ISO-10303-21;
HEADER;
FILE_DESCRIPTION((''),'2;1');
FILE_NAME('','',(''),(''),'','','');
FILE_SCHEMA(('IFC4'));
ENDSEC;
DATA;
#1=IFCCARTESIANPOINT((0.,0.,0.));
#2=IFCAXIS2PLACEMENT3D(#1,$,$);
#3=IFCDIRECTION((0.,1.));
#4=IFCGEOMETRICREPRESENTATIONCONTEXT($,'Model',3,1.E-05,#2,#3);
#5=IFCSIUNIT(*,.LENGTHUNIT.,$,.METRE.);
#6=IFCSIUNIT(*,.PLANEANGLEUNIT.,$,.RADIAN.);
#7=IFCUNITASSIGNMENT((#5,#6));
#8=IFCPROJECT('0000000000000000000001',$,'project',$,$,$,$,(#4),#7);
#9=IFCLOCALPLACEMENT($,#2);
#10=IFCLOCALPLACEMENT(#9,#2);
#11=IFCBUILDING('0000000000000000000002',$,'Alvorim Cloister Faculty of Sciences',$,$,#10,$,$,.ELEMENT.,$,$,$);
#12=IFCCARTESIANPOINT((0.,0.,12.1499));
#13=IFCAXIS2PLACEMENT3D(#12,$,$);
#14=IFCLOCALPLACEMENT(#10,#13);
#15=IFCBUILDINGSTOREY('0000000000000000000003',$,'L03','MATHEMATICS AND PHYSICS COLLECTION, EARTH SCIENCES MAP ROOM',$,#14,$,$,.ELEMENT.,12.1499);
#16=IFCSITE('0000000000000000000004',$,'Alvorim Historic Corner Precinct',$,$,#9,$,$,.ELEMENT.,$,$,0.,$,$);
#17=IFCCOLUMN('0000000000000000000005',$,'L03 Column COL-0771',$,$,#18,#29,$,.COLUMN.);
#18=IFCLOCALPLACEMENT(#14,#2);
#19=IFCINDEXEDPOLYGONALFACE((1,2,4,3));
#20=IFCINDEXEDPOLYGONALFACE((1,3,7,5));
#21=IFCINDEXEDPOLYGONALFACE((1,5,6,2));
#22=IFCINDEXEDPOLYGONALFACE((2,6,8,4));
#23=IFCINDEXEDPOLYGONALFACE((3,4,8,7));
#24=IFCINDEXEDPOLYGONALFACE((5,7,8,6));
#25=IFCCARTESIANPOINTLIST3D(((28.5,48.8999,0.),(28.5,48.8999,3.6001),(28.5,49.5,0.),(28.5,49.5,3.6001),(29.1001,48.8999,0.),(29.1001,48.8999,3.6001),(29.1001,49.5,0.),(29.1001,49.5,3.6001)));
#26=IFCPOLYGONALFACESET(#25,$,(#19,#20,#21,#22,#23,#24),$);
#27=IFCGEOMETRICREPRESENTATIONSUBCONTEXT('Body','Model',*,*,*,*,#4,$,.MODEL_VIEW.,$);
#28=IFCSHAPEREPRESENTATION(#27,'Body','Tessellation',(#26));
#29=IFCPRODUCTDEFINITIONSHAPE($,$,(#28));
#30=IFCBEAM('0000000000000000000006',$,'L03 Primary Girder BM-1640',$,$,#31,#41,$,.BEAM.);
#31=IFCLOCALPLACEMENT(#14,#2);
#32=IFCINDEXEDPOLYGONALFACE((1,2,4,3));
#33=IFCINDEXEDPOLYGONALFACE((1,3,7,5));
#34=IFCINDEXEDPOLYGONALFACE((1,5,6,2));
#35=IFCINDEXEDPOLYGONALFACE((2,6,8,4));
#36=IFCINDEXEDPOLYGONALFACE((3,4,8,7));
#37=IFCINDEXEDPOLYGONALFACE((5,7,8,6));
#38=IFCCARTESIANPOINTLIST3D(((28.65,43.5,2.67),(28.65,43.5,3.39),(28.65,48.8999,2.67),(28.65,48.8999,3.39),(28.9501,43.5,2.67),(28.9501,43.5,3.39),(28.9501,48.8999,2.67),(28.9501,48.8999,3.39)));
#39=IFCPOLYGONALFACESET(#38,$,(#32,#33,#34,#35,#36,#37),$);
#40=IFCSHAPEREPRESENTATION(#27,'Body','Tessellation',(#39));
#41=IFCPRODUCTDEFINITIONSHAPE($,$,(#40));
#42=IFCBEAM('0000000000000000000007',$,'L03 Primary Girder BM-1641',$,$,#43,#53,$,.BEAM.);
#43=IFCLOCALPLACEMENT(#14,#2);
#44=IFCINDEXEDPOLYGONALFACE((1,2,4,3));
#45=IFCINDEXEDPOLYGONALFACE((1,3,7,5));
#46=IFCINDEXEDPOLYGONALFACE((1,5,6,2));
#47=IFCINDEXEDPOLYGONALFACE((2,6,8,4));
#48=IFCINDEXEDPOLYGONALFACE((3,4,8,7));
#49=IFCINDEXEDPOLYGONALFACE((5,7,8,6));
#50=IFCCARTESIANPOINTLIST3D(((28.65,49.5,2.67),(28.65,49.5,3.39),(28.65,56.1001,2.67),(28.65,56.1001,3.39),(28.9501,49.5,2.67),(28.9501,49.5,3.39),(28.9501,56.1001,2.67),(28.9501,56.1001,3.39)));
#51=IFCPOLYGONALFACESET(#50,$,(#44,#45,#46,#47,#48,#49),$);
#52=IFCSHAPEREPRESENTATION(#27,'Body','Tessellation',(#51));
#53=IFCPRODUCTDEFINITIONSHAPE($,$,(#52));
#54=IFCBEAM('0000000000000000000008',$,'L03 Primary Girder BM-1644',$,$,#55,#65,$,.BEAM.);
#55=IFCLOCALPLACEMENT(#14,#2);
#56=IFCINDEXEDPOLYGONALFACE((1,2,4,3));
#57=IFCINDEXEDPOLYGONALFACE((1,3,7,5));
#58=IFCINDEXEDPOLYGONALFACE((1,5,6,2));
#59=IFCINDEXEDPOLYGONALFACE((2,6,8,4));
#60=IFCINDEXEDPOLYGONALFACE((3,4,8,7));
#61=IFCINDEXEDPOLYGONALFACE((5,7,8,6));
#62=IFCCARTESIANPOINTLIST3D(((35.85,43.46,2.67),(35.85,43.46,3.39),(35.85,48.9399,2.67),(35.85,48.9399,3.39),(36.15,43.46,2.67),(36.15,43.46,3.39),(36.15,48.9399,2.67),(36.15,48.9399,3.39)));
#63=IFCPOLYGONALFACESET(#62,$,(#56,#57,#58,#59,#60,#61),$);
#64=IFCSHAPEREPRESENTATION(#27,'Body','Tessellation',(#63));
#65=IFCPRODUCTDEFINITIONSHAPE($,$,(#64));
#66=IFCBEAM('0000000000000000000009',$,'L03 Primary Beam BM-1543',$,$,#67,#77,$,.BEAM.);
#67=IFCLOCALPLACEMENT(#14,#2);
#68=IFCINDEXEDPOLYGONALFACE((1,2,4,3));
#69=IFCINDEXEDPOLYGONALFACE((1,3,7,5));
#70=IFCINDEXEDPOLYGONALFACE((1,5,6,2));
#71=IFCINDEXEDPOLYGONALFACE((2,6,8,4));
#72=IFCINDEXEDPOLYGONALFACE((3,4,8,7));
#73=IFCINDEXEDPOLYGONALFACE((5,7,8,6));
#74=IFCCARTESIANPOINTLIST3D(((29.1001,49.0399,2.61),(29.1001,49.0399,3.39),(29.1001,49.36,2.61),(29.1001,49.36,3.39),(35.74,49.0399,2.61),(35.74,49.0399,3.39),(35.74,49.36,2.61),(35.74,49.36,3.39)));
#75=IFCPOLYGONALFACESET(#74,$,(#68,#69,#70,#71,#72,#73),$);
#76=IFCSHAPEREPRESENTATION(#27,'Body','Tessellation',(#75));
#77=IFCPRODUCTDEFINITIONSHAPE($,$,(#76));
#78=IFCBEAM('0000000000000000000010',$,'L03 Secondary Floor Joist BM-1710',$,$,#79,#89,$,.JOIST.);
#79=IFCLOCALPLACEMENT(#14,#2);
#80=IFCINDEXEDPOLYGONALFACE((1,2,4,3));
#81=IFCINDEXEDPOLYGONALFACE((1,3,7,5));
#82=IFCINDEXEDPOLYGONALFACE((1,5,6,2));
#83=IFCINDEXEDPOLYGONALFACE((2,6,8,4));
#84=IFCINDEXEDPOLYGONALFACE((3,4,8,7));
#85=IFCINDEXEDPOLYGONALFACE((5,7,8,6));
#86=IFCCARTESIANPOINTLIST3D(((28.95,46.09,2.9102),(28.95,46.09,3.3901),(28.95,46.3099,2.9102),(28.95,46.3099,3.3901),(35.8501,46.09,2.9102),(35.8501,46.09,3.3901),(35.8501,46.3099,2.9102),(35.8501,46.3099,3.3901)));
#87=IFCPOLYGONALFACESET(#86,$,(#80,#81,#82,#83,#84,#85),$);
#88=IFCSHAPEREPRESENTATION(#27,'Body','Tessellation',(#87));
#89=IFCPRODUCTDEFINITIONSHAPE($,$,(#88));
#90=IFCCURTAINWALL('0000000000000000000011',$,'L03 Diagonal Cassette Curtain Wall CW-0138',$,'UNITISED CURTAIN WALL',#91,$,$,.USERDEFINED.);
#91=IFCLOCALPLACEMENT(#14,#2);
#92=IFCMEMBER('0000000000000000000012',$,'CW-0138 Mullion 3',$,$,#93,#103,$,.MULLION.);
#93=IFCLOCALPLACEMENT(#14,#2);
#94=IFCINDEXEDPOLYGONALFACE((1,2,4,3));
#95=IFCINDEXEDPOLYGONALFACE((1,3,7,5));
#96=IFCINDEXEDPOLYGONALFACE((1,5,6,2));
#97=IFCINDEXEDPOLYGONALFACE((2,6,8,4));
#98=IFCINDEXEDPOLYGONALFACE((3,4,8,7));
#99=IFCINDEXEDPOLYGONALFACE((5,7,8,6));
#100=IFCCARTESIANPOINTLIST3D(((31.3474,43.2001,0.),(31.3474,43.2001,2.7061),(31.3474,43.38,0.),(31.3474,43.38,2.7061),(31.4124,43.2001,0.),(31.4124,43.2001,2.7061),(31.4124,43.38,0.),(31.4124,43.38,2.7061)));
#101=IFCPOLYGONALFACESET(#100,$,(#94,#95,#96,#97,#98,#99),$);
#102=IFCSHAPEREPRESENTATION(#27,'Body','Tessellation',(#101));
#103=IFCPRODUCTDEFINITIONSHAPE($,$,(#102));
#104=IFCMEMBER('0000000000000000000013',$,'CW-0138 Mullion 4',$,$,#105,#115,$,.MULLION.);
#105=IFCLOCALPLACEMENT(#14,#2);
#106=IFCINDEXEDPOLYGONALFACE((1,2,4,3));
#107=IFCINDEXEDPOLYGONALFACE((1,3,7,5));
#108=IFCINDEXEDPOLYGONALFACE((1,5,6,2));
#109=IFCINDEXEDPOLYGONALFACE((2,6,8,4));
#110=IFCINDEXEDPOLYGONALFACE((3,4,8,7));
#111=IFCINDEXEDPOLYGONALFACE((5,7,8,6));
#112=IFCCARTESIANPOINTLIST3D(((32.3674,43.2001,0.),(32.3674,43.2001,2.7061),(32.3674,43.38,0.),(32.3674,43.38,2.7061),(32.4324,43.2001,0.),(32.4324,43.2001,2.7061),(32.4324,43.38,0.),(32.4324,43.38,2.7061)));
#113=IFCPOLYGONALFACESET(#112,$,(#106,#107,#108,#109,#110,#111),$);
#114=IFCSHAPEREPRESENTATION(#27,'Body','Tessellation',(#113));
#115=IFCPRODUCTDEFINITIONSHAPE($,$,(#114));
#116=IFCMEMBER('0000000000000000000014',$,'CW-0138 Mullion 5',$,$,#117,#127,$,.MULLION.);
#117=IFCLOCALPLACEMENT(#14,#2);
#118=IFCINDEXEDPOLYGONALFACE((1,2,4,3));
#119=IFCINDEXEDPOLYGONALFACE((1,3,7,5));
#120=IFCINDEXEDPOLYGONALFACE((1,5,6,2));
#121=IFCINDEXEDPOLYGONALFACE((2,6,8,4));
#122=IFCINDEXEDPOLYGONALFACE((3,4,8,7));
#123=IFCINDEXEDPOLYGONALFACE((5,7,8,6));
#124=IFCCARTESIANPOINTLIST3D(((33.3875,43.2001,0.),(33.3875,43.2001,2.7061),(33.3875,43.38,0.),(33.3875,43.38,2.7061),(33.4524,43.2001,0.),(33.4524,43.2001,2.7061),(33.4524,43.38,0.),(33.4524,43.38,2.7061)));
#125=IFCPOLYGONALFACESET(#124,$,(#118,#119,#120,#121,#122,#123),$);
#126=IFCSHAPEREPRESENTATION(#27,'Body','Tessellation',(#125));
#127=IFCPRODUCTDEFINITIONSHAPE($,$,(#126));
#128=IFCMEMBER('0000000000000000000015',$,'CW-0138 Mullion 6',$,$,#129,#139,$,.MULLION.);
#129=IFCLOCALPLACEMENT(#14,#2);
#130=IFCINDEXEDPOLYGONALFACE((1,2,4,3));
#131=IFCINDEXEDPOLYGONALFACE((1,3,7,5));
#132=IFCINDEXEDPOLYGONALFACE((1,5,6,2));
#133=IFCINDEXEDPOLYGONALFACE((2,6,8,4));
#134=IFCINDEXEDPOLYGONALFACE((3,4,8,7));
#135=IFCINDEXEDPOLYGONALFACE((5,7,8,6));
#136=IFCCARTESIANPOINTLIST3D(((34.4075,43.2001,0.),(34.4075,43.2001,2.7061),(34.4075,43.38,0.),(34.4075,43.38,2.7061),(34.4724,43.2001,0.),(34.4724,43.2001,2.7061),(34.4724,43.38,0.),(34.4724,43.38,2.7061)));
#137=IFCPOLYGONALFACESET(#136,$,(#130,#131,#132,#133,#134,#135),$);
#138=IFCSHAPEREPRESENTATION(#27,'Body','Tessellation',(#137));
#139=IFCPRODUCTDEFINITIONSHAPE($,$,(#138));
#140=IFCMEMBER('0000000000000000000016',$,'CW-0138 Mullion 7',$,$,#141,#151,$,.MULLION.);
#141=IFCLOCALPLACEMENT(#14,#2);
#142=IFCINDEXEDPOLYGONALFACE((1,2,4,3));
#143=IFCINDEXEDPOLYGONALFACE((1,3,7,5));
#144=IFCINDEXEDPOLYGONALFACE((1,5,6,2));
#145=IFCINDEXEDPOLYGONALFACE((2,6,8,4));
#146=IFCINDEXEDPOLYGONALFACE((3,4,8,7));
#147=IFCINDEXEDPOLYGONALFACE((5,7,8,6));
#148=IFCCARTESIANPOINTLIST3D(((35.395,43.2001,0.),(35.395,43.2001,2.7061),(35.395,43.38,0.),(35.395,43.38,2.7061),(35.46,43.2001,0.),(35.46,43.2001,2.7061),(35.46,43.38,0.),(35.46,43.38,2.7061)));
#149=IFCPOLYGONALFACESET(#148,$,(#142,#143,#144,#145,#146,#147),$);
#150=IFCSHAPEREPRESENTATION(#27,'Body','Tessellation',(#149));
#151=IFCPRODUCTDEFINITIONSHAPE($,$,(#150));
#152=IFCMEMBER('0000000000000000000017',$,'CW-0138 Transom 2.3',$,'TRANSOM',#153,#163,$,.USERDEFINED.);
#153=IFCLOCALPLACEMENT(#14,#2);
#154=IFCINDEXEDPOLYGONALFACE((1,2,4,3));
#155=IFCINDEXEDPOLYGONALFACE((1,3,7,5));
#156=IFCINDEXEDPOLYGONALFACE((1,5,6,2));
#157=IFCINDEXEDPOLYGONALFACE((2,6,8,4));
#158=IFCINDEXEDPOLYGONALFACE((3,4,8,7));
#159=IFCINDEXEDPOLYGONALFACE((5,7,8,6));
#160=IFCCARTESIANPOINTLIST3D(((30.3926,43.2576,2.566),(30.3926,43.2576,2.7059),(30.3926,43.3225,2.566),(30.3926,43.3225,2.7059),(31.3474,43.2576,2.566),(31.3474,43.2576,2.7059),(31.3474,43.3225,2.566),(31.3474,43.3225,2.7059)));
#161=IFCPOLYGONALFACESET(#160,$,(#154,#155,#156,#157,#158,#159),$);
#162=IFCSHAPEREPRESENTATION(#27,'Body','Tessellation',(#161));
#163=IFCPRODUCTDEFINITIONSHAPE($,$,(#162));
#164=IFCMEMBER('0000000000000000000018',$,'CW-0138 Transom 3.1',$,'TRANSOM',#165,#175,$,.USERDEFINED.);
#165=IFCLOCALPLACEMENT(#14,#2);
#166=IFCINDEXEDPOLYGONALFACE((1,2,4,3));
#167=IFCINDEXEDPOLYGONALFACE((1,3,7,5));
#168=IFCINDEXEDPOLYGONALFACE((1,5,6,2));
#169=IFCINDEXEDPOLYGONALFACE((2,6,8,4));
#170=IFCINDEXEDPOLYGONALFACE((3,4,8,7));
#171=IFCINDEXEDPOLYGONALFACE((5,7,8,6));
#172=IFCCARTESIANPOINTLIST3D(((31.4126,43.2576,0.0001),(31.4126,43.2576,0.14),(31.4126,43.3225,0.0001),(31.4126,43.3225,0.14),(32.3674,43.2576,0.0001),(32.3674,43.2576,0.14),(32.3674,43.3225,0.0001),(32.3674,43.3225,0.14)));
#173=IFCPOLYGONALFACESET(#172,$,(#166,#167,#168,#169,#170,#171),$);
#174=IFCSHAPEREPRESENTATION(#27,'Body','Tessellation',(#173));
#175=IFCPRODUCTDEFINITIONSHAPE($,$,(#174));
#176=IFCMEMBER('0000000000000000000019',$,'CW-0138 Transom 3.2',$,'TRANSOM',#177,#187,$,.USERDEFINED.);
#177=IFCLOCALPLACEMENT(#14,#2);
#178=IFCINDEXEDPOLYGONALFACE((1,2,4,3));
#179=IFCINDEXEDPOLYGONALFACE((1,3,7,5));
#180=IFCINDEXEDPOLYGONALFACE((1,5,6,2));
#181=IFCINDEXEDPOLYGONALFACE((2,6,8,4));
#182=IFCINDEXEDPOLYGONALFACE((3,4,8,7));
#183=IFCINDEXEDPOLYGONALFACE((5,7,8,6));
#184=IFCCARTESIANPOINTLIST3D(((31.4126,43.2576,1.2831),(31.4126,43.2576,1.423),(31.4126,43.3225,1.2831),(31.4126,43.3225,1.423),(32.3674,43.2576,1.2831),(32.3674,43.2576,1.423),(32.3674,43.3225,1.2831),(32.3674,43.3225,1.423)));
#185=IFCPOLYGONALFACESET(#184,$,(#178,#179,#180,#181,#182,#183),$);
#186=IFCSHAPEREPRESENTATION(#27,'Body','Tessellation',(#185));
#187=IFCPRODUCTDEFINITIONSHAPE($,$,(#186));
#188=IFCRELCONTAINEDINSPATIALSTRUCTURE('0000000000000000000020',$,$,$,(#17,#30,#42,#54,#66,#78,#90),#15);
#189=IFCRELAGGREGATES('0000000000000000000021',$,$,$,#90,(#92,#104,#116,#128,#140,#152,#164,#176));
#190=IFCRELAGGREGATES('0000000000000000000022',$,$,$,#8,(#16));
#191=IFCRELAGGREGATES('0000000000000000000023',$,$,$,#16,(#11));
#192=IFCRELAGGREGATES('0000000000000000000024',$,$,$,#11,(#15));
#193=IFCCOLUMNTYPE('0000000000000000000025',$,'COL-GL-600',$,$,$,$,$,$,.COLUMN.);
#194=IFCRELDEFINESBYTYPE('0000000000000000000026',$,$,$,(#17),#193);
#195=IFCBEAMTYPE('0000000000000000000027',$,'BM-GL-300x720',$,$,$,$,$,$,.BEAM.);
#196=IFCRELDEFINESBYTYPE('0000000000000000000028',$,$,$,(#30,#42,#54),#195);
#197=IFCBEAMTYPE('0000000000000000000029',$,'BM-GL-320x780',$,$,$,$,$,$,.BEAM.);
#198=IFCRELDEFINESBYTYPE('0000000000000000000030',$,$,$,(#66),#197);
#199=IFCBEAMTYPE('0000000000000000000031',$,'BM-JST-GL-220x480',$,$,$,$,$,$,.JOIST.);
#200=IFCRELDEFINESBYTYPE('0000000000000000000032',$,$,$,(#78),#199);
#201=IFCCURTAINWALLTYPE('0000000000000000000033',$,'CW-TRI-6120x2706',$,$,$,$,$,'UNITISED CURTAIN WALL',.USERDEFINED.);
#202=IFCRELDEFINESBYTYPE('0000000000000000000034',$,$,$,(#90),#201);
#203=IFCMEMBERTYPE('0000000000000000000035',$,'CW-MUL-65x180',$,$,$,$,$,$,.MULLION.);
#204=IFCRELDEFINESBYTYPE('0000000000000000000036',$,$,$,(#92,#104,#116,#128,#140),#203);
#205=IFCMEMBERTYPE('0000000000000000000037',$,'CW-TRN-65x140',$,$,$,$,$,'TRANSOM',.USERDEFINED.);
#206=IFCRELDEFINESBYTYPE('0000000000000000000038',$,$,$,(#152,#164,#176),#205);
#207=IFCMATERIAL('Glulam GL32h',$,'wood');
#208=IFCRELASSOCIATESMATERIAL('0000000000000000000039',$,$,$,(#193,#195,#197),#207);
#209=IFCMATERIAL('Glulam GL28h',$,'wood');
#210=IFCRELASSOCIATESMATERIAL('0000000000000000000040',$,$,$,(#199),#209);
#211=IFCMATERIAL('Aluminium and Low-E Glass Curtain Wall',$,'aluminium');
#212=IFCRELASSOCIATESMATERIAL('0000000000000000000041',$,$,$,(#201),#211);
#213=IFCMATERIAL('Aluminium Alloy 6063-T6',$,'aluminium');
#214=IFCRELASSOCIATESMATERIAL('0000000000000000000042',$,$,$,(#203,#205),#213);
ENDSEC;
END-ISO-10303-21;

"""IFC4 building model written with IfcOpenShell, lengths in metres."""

from ifc_helpers import new_model, si_unit, direction, frame, origin, origin_2d, place, context, subcontext, project, spatial, rectangle, extrude, material, material_profile, profile_set, type_object, element, aggregate, save


model = new_model("IFC4")

# Units and contexts
model_context = context("Model", 3, precision=1e-05, world=origin(), true_north=direction((0.0, 1.0)))
body_context = subcontext(model_context, "Body", "Model", "MODEL_VIEW")
ifc_project = project(units=[si_unit("LENGTHUNIT", "METRE"), si_unit("PLANEANGLEUNIT", "RADIAN")], contexts=[model_context])

# Site, building, storey
site_placement = place(None, origin())
site = spatial("IfcSite", under=ifc_project, at=site_placement, Name="Alvorim Historic Corner Precinct", CompositionType="ELEMENT", RefElevation=0.0)
building_placement = place(site_placement, origin())
building = spatial("IfcBuilding", under=site, at=building_placement, Name="Alvorim Cloister Faculty of Sciences", CompositionType="ELEMENT")
storey_placement = place(building_placement, frame((0.0, 0.0, 12.1499)))
storey = spatial("IfcBuildingStorey", under=building, at=storey_placement, Name="L03", Description="MATHEMATICS AND PHYSICS COLLECTION, EARTH SCIENCES MAP ROOM", CompositionType="ELEMENT", Elevation=12.1499)

# Column
ifc_material_1 = material(Name="Glulam GL32h", Category="wood")
ifc_material_profile_1 = material_profile(ifc_material_1, rectangle(XDim=0.6001, YDim=0.6001, at=origin_2d()), Name="GL32-COL-600x600")
ifc_profile_set_1 = profile_set([ifc_material_profile_1], Name="Glulam GL32h")
column_type = type_object("IfcColumnType", Name="COL-GL-600", PredefinedType="COLUMN", material=ifc_profile_set_1)
column_placement = place(storey_placement, frame((28.8, 49.2, 0.0), z_axis=(0.0, 0.0, 1.0), x_axis=(1.0, 0.0, 0.0)))
element("IfcColumn", 1, at=column_placement, inside=storey, type_object=column_type, Name="L03 Column COL-0771", PredefinedType="COLUMN", context=body_context, shape_type="SweptSolid", body=[
    extrude(rectangle(XDim=0.6001, YDim=0.6001, at=origin_2d()), origin(), (0.0, 0.0, 1.0), 3.6001),
])

# Beams
ifc_material_profile_2 = material_profile(ifc_material_1, rectangle(XDim=0.3, YDim=0.72, at=origin_2d()), Name="GL32-BM-300x720")
ifc_profile_set_2 = profile_set([ifc_material_profile_2], Name="Glulam GL32h")
beam_type_1 = type_object("IfcBeamType", Name="BM-GL-300x720", PredefinedType="BEAM", material=ifc_profile_set_2)
beam_1_placement = place(storey_placement, frame((28.8, 43.5, 3.03), z_axis=(0.0, 1.0, 0.0), x_axis=(-1.0, 0.0, 0.0)))
element("IfcBeam", 2, at=beam_1_placement, inside=storey, type_object=beam_type_1, Name="L03 Primary Girder BM-1640", PredefinedType="BEAM", context=body_context, shape_type="SweptSolid", body=[
    extrude(rectangle(XDim=0.3, YDim=0.72, at=origin_2d()), origin(), (0.0, 0.0, 1.0), 5.3999),
])
beam_2_placement = place(storey_placement, frame((28.8, 49.5, 3.03), z_axis=(0.0, 1.0, 0.0), x_axis=(-1.0, 0.0, 0.0)))
element("IfcBeam", 3, at=beam_2_placement, inside=storey, type_object=beam_type_1, Name="L03 Primary Girder BM-1641", PredefinedType="BEAM", context=body_context, shape_type="SweptSolid", body=[
    extrude(rectangle(XDim=0.3, YDim=0.72, at=origin_2d()), origin(), (0.0, 0.0, 1.0), 6.6001),
])
beam_3_placement = place(storey_placement, frame((36.0, 43.46, 3.03), z_axis=(0.0, 1.0, 0.0), x_axis=(-1.0, 0.0, 0.0)))
element("IfcBeam", 4, at=beam_3_placement, inside=storey, type_object=beam_type_1, Name="L03 Primary Girder BM-1644", PredefinedType="BEAM", context=body_context, shape_type="SweptSolid", body=[
    extrude(rectangle(XDim=0.3, YDim=0.72, at=origin_2d()), origin(), (0.0, 0.0, 1.0), 5.48),
])
ifc_material_profile_3 = material_profile(ifc_material_1, rectangle(XDim=0.3201, YDim=0.78, at=origin_2d()), Name="GL32-BM-320x780")
ifc_profile_set_3 = profile_set([ifc_material_profile_3], Name="Glulam GL32h")
beam_type_2 = type_object("IfcBeamType", Name="BM-GL-320x780", PredefinedType="BEAM", material=ifc_profile_set_3)
beam_4_placement = place(storey_placement, frame((29.1001, 49.2, 3.0), z_axis=(1.0, 0.0, 0.0), x_axis=(0.0, 1.0, 0.0)))
element("IfcBeam", 5, at=beam_4_placement, inside=storey, type_object=beam_type_2, Name="L03 Primary Beam BM-1543", PredefinedType="BEAM", context=body_context, shape_type="SweptSolid", body=[
    extrude(rectangle(XDim=0.3201, YDim=0.78, at=origin_2d()), origin(), (0.0, 0.0, 1.0), 6.6399),
])
ifc_material_2 = material(Name="Glulam GL28h", Category="wood")
ifc_material_profile_4 = material_profile(ifc_material_2, rectangle(XDim=0.22, YDim=0.48, at=origin_2d()), Name="GL28-JST-220x480")
ifc_profile_set_4 = profile_set([ifc_material_profile_4], Name="Glulam GL28h")
beam_type_3 = type_object("IfcBeamType", Name="BM-JST-GL-220x480", PredefinedType="JOIST", material=ifc_profile_set_4)
beam_5_placement = place(storey_placement, frame((28.95, 46.2, 3.1501), z_axis=(1.0, 0.0, 0.0), x_axis=(0.0, 1.0, 0.0)))
element("IfcBeam", 6, at=beam_5_placement, inside=storey, type_object=beam_type_3, Name="L03 Secondary Floor Joist BM-1710", PredefinedType="JOIST", context=body_context, shape_type="SweptSolid", body=[
    extrude(rectangle(XDim=0.22, YDim=0.48, at=origin_2d()), origin(), (0.0, 0.0, 1.0), 6.9001),
])

# Curtain wall, members
ifc_material_3 = material(Name="Aluminium and Low-E Glass Curtain Wall", Category="aluminium")
curtain_wall_type = type_object("IfcCurtainWallType", Name="CW-TRI-6120x2706", ElementType="UNITISED CURTAIN WALL", PredefinedType="USERDEFINED", material=ifc_material_3)
curtain_wall_placement = place(storey_placement, origin())
curtain_wall = element("IfcCurtainWall", 7, at=curtain_wall_placement, inside=storey, type_object=curtain_wall_type, Name="L03 Diagonal Cassette Curtain Wall CW-0138", ObjectType="UNITISED CURTAIN WALL", PredefinedType="USERDEFINED")
ifc_material_4 = material(Name="Aluminium Alloy 6063-T6", Category="aluminium")
ifc_material_profile_5 = material_profile(ifc_material_4, rectangle(XDim=0.0649, YDim=0.1799, at=origin_2d()), Name="ALU-MUL-65x180")
ifc_profile_set_5 = profile_set([ifc_material_profile_5], Name="Aluminium Alloy 6063-T6")
member_type_1 = type_object("IfcMemberType", Name="CW-MUL-65x180", PredefinedType="MULLION", material=ifc_profile_set_5)
member_1_placement = place(storey_placement, frame((31.3799, 43.29, 0.0), z_axis=(0.0, 0.0, 1.0), x_axis=(1.0, 0.0, 0.0)))
member_1 = element("IfcMember", 8, at=member_1_placement, type_object=member_type_1, Name="CW-0138 Mullion 3", PredefinedType="MULLION", context=body_context, shape_type="SweptSolid", body=[
    extrude(rectangle(XDim=0.0649, YDim=0.1799, at=origin_2d()), origin(), (0.0, 0.0, 1.0), 2.7061),
])
member_2_placement = place(storey_placement, frame((32.3999, 43.29, 0.0), z_axis=(0.0, 0.0, 1.0), x_axis=(1.0, 0.0, 0.0)))
member_2 = element("IfcMember", 9, at=member_2_placement, type_object=member_type_1, Name="CW-0138 Mullion 4", PredefinedType="MULLION", context=body_context, shape_type="SweptSolid", body=[
    extrude(rectangle(XDim=0.0649, YDim=0.1799, at=origin_2d()), origin(), (0.0, 0.0, 1.0), 2.7061),
])
member_3_placement = place(storey_placement, frame((33.4199, 43.29, 0.0), z_axis=(0.0, 0.0, 1.0), x_axis=(1.0, 0.0, 0.0)))
member_3 = element("IfcMember", 10, at=member_3_placement, type_object=member_type_1, Name="CW-0138 Mullion 5", PredefinedType="MULLION", context=body_context, shape_type="SweptSolid", body=[
    extrude(rectangle(XDim=0.0649, YDim=0.1799, at=origin_2d()), origin(), (0.0, 0.0, 1.0), 2.7061),
])
member_4_placement = place(storey_placement, frame((34.4399, 43.29, 0.0), z_axis=(0.0, 0.0, 1.0), x_axis=(1.0, 0.0, 0.0)))
member_4 = element("IfcMember", 11, at=member_4_placement, type_object=member_type_1, Name="CW-0138 Mullion 6", PredefinedType="MULLION", context=body_context, shape_type="SweptSolid", body=[
    extrude(rectangle(XDim=0.0649, YDim=0.1799, at=origin_2d()), origin(), (0.0, 0.0, 1.0), 2.7061),
])
member_5_placement = place(storey_placement, frame((35.4275, 43.29, 0.0), z_axis=(0.0, 0.0, 1.0), x_axis=(1.0, 0.0, 0.0)))
member_5 = element("IfcMember", 12, at=member_5_placement, type_object=member_type_1, Name="CW-0138 Mullion 7", PredefinedType="MULLION", context=body_context, shape_type="SweptSolid", body=[
    extrude(rectangle(XDim=0.0649, YDim=0.1799, at=origin_2d()), origin(), (0.0, 0.0, 1.0), 2.7061),
])
ifc_material_profile_6 = material_profile(ifc_material_4, rectangle(XDim=0.0649, YDim=0.1399, at=origin_2d()), Name="ALU-TRN-65x140")
ifc_profile_set_6 = profile_set([ifc_material_profile_6], Name="Aluminium Alloy 6063-T6")
member_type_2 = type_object("IfcMemberType", Name="CW-TRN-65x140", ElementType="TRANSOM", PredefinedType="USERDEFINED", material=ifc_profile_set_6)
member_6_placement = place(storey_placement, frame((30.3926, 43.29, 2.636), z_axis=(1.0, 0.0, 0.0), x_axis=(0.0, 1.0, 0.0)))
member_6 = element("IfcMember", 13, at=member_6_placement, type_object=member_type_2, Name="CW-0138 Transom 2.3", ObjectType="TRANSOM", PredefinedType="USERDEFINED", context=body_context, shape_type="SweptSolid", body=[
    extrude(rectangle(XDim=0.0649, YDim=0.1399, at=origin_2d()), origin(), (0.0, 0.0, 1.0), 0.9548),
])
member_7_placement = place(storey_placement, frame((31.4126, 43.29, 0.0701), z_axis=(1.0, 0.0, 0.0), x_axis=(0.0, 1.0, 0.0)))
member_7 = element("IfcMember", 14, at=member_7_placement, type_object=member_type_2, Name="CW-0138 Transom 3.1", ObjectType="TRANSOM", PredefinedType="USERDEFINED", context=body_context, shape_type="SweptSolid", body=[
    extrude(rectangle(XDim=0.0649, YDim=0.1399, at=origin_2d()), origin(), (0.0, 0.0, 1.0), 0.9548),
])
member_8_placement = place(storey_placement, frame((31.4126, 43.29, 1.353), z_axis=(1.0, 0.0, 0.0), x_axis=(0.0, 1.0, 0.0)))
member_8 = element("IfcMember", 15, at=member_8_placement, type_object=member_type_2, Name="CW-0138 Transom 3.2", ObjectType="TRANSOM", PredefinedType="USERDEFINED", context=body_context, shape_type="SweptSolid", body=[
    extrude(rectangle(XDim=0.0649, YDim=0.1399, at=origin_2d()), origin(), (0.0, 0.0, 1.0), 0.9548),
])
aggregate(curtain_wall, [member_1, member_2, member_3, member_4, member_5, member_6, member_7, member_8])

save(model, "model.ifc")
